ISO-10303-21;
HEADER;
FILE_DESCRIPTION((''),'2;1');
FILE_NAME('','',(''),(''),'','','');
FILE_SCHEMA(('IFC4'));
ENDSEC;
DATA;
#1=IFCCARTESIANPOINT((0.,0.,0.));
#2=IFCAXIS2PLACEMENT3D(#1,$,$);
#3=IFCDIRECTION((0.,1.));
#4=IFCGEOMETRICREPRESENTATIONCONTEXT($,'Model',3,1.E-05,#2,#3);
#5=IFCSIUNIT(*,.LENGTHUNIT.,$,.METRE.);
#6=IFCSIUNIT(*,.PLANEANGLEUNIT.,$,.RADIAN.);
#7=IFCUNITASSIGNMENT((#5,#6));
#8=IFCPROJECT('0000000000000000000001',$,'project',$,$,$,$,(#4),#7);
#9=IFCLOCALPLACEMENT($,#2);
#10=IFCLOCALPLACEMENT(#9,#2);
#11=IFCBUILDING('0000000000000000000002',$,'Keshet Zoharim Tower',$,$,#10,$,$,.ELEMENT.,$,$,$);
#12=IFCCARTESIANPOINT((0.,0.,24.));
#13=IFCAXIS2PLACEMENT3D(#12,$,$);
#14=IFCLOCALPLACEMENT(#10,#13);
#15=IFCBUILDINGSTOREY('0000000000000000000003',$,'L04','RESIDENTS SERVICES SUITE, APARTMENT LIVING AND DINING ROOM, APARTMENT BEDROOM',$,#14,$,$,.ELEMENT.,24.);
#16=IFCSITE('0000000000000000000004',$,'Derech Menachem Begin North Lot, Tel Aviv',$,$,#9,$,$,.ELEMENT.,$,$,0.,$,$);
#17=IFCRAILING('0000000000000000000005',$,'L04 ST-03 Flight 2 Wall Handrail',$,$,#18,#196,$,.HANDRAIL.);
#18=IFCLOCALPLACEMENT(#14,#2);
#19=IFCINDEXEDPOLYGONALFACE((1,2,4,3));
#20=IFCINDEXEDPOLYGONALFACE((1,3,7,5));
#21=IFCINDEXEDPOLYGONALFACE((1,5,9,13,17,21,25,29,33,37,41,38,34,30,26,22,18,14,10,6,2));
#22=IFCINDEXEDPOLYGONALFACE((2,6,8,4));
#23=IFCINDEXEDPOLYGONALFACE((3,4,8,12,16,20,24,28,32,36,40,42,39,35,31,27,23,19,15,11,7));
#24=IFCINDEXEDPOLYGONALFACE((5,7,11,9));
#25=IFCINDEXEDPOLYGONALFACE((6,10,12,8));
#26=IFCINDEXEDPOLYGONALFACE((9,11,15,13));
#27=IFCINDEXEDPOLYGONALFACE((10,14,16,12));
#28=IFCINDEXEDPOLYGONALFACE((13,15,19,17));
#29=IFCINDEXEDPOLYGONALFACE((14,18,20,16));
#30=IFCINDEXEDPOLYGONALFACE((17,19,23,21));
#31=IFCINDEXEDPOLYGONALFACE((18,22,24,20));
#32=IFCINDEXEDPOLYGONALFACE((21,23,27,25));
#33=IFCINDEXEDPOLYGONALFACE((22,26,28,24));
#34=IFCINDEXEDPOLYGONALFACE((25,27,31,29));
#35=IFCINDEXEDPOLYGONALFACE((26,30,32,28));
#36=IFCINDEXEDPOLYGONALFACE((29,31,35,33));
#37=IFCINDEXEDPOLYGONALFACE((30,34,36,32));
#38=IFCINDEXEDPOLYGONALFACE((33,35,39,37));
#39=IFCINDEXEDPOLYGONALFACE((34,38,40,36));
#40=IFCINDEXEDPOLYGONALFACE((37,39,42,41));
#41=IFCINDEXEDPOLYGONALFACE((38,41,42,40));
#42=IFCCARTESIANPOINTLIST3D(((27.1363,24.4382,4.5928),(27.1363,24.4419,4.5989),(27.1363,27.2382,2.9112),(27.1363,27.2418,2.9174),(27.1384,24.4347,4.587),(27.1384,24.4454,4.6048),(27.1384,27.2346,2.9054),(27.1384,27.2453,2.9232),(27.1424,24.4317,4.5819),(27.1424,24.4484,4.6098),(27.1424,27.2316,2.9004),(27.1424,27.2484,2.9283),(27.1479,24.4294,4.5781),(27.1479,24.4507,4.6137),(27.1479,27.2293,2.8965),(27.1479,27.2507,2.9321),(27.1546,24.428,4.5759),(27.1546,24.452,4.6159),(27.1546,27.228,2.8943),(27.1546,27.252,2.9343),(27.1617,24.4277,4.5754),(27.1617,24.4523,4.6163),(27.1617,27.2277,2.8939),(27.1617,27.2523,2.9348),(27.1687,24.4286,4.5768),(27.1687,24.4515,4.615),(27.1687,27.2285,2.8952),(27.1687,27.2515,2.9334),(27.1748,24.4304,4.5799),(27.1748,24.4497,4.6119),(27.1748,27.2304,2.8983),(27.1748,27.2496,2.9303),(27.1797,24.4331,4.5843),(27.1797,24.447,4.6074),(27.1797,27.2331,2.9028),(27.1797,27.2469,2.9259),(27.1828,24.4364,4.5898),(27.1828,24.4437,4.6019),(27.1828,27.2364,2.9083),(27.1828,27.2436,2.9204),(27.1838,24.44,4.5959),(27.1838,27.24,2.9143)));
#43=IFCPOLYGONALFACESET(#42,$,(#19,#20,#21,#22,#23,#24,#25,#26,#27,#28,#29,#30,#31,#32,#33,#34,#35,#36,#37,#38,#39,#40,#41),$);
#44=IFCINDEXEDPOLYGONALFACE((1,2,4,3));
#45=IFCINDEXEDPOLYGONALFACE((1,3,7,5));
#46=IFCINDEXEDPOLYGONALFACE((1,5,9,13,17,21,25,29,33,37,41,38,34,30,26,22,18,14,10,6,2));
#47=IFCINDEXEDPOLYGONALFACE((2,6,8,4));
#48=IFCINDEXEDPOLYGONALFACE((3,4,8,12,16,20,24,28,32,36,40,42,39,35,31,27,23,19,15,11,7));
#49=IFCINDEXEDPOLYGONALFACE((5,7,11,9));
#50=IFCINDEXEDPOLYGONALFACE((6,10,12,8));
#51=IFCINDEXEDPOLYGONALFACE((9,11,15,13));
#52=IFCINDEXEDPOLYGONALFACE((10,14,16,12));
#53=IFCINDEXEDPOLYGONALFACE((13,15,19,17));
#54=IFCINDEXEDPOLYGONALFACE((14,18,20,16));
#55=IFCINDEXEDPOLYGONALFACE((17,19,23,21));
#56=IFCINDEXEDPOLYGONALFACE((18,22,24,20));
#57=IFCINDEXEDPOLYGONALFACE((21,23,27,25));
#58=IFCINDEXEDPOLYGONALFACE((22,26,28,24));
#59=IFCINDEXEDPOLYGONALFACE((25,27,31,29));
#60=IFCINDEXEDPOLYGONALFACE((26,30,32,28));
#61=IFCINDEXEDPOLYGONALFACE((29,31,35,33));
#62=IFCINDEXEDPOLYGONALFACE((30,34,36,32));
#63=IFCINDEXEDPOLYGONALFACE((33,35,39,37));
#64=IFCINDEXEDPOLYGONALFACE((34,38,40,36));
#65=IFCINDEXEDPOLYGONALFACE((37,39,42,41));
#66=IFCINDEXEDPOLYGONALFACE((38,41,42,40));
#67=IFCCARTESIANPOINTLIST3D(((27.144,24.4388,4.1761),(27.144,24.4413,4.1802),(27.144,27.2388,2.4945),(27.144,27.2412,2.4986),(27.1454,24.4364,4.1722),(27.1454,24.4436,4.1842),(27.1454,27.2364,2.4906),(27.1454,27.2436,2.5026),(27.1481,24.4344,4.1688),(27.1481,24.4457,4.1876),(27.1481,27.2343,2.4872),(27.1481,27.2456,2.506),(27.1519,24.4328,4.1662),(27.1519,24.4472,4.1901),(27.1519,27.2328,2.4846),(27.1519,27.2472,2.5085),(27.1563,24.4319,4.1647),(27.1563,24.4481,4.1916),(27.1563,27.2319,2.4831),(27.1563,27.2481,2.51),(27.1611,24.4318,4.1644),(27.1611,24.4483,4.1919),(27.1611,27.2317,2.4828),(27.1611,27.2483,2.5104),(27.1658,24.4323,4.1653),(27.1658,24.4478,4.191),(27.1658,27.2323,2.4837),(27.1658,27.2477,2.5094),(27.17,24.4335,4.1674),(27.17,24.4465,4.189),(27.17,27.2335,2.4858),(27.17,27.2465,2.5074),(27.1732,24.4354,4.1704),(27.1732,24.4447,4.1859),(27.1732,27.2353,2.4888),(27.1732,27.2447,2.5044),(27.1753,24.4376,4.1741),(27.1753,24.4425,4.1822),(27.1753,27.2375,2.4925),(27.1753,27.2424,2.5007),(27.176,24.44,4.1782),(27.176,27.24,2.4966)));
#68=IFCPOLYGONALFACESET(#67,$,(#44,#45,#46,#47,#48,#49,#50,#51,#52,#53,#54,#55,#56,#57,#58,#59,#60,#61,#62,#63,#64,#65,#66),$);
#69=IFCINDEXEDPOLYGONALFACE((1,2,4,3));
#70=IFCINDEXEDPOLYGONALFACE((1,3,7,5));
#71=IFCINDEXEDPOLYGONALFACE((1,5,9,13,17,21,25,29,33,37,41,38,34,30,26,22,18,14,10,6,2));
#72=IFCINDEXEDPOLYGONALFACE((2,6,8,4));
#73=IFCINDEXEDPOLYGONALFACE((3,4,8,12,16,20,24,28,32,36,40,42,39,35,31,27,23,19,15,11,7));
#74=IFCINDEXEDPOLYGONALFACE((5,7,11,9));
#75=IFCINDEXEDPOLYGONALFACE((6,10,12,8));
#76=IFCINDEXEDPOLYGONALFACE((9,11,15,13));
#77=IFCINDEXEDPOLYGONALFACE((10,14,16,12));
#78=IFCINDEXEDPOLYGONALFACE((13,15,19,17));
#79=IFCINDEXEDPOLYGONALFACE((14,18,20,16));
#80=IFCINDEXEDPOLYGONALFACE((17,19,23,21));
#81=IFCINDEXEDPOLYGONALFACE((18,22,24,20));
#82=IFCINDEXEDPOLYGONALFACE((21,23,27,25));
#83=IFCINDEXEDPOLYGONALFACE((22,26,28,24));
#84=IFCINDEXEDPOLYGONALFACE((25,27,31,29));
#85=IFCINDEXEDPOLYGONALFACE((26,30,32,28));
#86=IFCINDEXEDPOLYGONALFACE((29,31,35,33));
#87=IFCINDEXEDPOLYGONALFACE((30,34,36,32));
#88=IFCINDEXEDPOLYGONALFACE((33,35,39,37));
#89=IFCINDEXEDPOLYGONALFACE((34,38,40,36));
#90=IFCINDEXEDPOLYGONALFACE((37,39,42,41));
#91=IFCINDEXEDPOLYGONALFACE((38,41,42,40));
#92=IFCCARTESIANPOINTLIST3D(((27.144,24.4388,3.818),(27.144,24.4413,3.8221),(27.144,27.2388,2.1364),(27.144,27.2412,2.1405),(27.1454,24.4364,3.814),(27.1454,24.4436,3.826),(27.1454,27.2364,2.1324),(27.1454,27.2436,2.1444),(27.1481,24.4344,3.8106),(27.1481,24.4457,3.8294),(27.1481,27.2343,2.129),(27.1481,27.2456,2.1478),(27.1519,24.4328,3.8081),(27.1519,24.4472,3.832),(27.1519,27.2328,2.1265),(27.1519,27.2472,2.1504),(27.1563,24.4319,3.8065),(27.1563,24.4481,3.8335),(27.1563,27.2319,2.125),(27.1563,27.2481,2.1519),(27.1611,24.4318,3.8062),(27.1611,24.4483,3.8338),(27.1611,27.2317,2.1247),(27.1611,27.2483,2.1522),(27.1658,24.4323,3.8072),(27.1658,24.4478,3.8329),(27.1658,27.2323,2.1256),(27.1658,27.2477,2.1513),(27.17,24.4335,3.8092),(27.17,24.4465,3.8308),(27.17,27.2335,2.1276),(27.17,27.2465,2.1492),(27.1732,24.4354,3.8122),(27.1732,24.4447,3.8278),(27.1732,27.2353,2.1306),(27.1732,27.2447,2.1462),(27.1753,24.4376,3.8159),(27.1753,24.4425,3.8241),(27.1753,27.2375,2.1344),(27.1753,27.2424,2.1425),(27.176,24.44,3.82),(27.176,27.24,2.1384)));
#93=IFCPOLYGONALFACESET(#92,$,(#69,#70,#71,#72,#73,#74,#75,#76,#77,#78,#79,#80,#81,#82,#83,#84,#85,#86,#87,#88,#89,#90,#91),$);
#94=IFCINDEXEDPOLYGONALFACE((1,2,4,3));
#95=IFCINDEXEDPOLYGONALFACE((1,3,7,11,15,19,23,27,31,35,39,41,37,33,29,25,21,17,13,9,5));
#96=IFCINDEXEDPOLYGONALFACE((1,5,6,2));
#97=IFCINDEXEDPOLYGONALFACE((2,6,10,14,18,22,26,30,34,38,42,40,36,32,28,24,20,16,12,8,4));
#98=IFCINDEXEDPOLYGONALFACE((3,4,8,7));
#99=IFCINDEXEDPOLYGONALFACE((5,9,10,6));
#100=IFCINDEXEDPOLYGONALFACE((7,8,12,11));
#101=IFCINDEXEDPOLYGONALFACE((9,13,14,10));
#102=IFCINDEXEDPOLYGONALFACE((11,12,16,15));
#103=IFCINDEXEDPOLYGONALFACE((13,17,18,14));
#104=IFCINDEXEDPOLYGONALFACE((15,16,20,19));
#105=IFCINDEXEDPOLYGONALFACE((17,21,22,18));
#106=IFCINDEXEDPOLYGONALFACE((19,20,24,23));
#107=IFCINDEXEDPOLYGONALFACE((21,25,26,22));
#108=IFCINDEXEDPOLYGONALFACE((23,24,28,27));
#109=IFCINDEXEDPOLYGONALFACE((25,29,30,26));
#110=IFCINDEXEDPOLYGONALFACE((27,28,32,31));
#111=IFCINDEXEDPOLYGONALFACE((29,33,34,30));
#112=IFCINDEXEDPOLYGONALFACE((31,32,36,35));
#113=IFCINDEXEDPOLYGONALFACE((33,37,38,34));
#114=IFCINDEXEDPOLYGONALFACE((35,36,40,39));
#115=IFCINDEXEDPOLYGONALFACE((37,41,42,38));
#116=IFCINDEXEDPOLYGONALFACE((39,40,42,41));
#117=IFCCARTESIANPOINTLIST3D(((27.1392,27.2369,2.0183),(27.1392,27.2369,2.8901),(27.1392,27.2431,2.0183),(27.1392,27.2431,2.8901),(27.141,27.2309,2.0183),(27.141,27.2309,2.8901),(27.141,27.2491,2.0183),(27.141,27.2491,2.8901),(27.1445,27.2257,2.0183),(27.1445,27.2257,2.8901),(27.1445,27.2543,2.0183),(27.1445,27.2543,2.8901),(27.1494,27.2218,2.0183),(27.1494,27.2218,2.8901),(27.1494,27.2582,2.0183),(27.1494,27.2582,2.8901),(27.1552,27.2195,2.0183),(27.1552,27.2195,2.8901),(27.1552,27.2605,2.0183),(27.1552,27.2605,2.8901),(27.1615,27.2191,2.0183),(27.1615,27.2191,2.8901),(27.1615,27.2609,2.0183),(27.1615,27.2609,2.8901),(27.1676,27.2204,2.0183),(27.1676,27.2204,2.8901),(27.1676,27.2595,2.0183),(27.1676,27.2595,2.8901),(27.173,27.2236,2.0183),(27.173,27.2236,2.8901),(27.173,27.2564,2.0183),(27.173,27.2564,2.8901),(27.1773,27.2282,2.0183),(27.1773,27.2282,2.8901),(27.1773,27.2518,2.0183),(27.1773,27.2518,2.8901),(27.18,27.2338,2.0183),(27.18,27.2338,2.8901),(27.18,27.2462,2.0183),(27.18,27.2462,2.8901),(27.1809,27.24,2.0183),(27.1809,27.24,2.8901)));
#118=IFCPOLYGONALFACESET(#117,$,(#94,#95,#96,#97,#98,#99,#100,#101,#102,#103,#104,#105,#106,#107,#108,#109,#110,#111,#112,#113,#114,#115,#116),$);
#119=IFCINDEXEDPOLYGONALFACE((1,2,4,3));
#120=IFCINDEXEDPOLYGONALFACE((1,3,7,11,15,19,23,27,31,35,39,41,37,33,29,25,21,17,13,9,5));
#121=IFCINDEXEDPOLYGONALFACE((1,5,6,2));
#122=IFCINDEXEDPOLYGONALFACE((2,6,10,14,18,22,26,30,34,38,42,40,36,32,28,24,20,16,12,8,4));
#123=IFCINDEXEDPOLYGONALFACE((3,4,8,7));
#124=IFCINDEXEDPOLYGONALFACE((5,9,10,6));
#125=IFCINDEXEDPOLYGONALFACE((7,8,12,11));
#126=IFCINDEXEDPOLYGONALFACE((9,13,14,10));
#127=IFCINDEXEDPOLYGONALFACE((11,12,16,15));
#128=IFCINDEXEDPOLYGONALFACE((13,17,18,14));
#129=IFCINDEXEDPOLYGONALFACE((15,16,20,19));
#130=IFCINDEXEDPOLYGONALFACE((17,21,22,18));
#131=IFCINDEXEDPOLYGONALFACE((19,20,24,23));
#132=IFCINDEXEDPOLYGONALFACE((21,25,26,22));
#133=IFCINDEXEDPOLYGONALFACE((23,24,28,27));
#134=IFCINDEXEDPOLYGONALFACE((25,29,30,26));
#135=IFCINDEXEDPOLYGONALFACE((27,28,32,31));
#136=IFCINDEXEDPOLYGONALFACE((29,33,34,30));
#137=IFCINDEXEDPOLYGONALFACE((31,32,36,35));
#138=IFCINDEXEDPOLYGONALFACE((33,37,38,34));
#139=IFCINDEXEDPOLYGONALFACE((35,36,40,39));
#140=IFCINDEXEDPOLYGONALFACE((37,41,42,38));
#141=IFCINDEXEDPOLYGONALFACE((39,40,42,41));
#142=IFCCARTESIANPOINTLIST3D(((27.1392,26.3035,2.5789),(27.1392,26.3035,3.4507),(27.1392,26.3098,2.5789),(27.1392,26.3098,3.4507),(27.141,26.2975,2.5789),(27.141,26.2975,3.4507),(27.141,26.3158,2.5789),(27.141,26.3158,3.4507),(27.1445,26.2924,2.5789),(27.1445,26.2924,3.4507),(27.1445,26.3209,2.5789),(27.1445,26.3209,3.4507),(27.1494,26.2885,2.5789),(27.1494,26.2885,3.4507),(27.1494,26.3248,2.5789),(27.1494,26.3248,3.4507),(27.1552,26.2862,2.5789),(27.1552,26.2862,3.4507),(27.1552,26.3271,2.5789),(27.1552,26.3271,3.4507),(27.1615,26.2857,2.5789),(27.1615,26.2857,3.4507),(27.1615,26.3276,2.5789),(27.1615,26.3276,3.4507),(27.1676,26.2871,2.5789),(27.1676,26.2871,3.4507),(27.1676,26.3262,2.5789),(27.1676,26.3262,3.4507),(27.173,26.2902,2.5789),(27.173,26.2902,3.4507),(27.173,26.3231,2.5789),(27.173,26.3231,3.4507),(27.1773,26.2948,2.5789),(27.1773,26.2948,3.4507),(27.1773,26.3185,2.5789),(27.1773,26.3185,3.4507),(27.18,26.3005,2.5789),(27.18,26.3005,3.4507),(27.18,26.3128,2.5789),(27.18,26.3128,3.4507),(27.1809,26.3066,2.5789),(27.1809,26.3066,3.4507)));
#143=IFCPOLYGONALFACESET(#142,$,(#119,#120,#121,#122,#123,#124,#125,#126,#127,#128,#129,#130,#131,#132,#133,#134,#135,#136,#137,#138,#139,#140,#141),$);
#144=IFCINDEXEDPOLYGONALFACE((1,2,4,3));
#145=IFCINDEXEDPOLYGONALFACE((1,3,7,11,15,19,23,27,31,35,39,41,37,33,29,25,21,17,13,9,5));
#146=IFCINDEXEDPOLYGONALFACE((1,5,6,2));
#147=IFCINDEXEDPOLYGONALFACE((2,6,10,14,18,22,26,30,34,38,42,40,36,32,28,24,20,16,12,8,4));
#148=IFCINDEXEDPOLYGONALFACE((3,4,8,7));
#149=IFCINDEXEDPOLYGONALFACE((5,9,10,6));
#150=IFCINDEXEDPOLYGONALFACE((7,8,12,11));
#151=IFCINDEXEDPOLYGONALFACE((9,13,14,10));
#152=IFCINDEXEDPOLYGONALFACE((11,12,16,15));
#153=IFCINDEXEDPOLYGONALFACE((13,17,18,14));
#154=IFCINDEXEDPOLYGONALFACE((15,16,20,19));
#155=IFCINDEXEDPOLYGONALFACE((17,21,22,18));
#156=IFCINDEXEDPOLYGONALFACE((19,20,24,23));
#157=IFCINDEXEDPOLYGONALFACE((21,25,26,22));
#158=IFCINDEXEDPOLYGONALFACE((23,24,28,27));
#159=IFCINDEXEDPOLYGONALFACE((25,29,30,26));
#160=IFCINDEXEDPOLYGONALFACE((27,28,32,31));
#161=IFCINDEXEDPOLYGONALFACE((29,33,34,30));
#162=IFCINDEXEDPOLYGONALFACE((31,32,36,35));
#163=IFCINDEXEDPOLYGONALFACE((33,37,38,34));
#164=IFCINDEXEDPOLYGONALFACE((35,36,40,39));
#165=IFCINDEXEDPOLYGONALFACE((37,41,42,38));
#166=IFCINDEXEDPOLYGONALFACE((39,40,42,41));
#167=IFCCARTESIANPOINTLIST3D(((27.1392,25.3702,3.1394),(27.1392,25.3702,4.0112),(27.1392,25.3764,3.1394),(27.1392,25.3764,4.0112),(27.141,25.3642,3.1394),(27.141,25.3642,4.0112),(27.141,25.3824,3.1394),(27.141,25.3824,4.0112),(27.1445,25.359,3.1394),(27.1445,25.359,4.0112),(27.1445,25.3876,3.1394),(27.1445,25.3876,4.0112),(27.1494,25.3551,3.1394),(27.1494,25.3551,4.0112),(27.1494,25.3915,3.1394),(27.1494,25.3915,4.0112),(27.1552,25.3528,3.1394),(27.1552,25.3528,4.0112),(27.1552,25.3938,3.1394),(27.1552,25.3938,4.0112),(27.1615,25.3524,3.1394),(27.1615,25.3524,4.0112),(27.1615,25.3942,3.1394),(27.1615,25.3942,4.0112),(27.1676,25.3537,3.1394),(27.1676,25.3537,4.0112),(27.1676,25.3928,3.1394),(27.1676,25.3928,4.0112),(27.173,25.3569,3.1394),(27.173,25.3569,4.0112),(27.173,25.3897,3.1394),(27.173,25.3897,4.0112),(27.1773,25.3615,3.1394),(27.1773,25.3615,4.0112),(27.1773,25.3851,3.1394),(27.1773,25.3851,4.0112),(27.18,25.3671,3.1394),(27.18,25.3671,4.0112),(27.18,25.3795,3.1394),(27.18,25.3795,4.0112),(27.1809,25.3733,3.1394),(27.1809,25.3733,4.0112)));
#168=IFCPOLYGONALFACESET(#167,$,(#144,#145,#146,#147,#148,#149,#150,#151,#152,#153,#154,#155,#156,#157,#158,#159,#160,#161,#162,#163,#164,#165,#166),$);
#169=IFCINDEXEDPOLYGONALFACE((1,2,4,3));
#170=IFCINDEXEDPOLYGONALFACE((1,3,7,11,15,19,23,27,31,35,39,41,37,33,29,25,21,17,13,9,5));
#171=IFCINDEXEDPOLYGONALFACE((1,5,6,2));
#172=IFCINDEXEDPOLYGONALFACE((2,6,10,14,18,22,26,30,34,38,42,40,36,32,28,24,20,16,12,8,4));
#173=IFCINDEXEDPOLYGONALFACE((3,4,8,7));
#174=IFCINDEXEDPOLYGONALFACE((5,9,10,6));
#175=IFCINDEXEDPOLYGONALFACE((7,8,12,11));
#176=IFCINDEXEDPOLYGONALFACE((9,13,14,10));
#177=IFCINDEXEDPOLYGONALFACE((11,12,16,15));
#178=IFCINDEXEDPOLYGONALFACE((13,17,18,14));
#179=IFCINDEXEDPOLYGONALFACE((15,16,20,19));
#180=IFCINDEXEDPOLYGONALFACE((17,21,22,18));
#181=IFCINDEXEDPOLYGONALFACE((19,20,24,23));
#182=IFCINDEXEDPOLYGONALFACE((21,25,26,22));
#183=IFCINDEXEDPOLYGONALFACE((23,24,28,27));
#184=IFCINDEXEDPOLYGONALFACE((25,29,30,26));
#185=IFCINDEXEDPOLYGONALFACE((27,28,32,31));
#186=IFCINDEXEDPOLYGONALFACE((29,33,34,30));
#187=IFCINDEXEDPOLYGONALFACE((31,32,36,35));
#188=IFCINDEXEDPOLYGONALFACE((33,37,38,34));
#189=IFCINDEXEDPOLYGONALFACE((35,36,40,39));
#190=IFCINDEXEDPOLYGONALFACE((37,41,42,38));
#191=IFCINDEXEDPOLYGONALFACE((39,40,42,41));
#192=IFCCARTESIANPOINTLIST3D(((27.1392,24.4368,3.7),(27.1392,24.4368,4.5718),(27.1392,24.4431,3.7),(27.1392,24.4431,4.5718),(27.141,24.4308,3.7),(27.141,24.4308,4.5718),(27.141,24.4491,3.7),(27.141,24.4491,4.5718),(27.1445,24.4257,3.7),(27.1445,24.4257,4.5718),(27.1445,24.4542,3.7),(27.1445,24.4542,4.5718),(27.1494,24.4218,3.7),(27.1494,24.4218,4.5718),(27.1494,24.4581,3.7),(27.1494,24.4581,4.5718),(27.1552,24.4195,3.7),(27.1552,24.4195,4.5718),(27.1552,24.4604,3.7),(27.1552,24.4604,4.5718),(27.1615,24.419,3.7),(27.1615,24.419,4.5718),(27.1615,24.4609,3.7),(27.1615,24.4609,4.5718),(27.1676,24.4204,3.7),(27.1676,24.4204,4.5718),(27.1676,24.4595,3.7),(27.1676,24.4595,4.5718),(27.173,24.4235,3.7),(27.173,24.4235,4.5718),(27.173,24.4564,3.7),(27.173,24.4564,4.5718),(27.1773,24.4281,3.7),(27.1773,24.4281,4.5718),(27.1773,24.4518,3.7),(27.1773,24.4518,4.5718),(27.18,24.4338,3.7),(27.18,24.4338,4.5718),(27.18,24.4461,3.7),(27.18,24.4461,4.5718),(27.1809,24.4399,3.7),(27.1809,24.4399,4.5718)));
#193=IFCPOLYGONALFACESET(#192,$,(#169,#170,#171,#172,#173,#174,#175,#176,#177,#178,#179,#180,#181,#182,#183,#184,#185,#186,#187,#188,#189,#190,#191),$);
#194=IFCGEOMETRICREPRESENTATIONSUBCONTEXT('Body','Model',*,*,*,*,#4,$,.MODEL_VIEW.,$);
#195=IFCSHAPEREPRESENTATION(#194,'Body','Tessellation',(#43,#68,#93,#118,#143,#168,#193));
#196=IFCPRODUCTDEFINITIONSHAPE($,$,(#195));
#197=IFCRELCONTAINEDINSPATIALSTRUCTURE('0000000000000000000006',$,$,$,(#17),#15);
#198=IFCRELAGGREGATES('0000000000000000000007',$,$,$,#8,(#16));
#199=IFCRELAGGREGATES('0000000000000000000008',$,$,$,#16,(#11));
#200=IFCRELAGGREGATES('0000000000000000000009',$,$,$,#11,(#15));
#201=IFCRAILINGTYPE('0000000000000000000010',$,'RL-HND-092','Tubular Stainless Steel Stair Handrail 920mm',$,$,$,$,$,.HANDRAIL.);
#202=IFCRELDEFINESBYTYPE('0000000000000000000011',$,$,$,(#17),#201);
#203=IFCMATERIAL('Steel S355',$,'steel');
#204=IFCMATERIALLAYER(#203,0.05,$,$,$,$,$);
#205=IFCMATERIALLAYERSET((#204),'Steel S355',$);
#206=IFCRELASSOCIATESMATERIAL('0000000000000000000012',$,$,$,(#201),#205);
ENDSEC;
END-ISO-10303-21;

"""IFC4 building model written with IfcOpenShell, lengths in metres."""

from ifc_helpers import new_model, si_unit, direction, frame, origin, origin_2d, place, context, subcontext, project, spatial, circle, extrude, material, layer, layer_set, type_object, element, save


model = new_model("IFC4")

# Units and contexts
model_context = context("Model", 3, precision=1e-05, world=origin(), true_north=direction((0.0, 1.0)))
body_context = subcontext(model_context, "Body", "Model", "MODEL_VIEW")
ifc_project = project(units=[si_unit("LENGTHUNIT", "METRE"), si_unit("PLANEANGLEUNIT", "RADIAN")], contexts=[model_context])

# Site, building, storey
site_placement = place(None, origin())
site = spatial("IfcSite", under=ifc_project, at=site_placement, Name="Derech Menachem Begin North Lot, Tel Aviv", CompositionType="ELEMENT", RefElevation=0.0)
building_placement = place(site_placement, origin())
building = spatial("IfcBuilding", under=site, at=building_placement, Name="Keshet Zoharim Tower", CompositionType="ELEMENT")
storey_placement = place(building_placement, frame((0.0, 0.0, 24.0)))
storey = spatial("IfcBuildingStorey", under=building, at=storey_placement, Name="L04", Description="RESIDENTS SERVICES SUITE, APARTMENT LIVING AND DINING ROOM, APARTMENT BEDROOM", CompositionType="ELEMENT", Elevation=24.0)

# Shared definitions
ifc_material_1 = material(Name="Steel S355", Category="steel")

# Railing
ifc_layer_1 = layer(ifc_material_1, 0.05)
ifc_layer_set_1 = layer_set([ifc_layer_1], Name="Steel S355")
railing_type = type_object("IfcRailingType", Name="RL-HND-092", Description="Tubular Stainless Steel Stair Handrail 920mm", PredefinedType="HANDRAIL", material=ifc_layer_set_1)
railing_placement = place(storey_placement, frame((27.1599, 27.24, 2.0183)))
element("IfcRailing", 1, at=railing_placement, inside=storey, type_object=railing_type, Name="L04 ST-03 Flight 2 Wall Handrail", PredefinedType="HANDRAIL", context=body_context, shape_type="SweptSolid", body=[
    extrude(circle(Radius=0.0239, at=origin_2d()), frame((0.0, 0.0, 0.896), z_axis=(0.0, -0.857275, 0.514858), x_axis=(1.0, 0.0, 0.0)), (0.0, 0.0, 1.0), 3.2661),
    extrude(circle(Radius=0.0161, at=origin_2d()), frame((0.0, 0.0, 0.4783), z_axis=(0.0, -0.857275, 0.514858), x_axis=(1.0, 0.0, 0.0)), (0.0, 0.0, 1.0), 3.2661),
    extrude(circle(Radius=0.0161, at=origin_2d()), frame((0.0, 0.0, 0.1201), z_axis=(0.0, -0.857275, 0.514858), x_axis=(1.0, 0.0, 0.0)), (0.0, 0.0, 1.0), 3.2661),
    extrude(circle(Radius=0.021, at=origin_2d()), origin(), (0.0, 0.0, 1.0), 0.8718),
    extrude(circle(Radius=0.021, at=origin_2d()), frame((0.0, -0.9333, 0.5605)), (0.0, 0.0, 1.0), 0.8718),
    extrude(circle(Radius=0.021, at=origin_2d()), frame((0.0, -1.8667, 1.1211)), (0.0, 0.0, 1.0), 0.8718),
    extrude(circle(Radius=0.021, at=origin_2d()), frame((0.0, -2.8, 1.6816)), (0.0, 0.0, 1.0), 0.8718),
])

save(model, "model.ifc")
